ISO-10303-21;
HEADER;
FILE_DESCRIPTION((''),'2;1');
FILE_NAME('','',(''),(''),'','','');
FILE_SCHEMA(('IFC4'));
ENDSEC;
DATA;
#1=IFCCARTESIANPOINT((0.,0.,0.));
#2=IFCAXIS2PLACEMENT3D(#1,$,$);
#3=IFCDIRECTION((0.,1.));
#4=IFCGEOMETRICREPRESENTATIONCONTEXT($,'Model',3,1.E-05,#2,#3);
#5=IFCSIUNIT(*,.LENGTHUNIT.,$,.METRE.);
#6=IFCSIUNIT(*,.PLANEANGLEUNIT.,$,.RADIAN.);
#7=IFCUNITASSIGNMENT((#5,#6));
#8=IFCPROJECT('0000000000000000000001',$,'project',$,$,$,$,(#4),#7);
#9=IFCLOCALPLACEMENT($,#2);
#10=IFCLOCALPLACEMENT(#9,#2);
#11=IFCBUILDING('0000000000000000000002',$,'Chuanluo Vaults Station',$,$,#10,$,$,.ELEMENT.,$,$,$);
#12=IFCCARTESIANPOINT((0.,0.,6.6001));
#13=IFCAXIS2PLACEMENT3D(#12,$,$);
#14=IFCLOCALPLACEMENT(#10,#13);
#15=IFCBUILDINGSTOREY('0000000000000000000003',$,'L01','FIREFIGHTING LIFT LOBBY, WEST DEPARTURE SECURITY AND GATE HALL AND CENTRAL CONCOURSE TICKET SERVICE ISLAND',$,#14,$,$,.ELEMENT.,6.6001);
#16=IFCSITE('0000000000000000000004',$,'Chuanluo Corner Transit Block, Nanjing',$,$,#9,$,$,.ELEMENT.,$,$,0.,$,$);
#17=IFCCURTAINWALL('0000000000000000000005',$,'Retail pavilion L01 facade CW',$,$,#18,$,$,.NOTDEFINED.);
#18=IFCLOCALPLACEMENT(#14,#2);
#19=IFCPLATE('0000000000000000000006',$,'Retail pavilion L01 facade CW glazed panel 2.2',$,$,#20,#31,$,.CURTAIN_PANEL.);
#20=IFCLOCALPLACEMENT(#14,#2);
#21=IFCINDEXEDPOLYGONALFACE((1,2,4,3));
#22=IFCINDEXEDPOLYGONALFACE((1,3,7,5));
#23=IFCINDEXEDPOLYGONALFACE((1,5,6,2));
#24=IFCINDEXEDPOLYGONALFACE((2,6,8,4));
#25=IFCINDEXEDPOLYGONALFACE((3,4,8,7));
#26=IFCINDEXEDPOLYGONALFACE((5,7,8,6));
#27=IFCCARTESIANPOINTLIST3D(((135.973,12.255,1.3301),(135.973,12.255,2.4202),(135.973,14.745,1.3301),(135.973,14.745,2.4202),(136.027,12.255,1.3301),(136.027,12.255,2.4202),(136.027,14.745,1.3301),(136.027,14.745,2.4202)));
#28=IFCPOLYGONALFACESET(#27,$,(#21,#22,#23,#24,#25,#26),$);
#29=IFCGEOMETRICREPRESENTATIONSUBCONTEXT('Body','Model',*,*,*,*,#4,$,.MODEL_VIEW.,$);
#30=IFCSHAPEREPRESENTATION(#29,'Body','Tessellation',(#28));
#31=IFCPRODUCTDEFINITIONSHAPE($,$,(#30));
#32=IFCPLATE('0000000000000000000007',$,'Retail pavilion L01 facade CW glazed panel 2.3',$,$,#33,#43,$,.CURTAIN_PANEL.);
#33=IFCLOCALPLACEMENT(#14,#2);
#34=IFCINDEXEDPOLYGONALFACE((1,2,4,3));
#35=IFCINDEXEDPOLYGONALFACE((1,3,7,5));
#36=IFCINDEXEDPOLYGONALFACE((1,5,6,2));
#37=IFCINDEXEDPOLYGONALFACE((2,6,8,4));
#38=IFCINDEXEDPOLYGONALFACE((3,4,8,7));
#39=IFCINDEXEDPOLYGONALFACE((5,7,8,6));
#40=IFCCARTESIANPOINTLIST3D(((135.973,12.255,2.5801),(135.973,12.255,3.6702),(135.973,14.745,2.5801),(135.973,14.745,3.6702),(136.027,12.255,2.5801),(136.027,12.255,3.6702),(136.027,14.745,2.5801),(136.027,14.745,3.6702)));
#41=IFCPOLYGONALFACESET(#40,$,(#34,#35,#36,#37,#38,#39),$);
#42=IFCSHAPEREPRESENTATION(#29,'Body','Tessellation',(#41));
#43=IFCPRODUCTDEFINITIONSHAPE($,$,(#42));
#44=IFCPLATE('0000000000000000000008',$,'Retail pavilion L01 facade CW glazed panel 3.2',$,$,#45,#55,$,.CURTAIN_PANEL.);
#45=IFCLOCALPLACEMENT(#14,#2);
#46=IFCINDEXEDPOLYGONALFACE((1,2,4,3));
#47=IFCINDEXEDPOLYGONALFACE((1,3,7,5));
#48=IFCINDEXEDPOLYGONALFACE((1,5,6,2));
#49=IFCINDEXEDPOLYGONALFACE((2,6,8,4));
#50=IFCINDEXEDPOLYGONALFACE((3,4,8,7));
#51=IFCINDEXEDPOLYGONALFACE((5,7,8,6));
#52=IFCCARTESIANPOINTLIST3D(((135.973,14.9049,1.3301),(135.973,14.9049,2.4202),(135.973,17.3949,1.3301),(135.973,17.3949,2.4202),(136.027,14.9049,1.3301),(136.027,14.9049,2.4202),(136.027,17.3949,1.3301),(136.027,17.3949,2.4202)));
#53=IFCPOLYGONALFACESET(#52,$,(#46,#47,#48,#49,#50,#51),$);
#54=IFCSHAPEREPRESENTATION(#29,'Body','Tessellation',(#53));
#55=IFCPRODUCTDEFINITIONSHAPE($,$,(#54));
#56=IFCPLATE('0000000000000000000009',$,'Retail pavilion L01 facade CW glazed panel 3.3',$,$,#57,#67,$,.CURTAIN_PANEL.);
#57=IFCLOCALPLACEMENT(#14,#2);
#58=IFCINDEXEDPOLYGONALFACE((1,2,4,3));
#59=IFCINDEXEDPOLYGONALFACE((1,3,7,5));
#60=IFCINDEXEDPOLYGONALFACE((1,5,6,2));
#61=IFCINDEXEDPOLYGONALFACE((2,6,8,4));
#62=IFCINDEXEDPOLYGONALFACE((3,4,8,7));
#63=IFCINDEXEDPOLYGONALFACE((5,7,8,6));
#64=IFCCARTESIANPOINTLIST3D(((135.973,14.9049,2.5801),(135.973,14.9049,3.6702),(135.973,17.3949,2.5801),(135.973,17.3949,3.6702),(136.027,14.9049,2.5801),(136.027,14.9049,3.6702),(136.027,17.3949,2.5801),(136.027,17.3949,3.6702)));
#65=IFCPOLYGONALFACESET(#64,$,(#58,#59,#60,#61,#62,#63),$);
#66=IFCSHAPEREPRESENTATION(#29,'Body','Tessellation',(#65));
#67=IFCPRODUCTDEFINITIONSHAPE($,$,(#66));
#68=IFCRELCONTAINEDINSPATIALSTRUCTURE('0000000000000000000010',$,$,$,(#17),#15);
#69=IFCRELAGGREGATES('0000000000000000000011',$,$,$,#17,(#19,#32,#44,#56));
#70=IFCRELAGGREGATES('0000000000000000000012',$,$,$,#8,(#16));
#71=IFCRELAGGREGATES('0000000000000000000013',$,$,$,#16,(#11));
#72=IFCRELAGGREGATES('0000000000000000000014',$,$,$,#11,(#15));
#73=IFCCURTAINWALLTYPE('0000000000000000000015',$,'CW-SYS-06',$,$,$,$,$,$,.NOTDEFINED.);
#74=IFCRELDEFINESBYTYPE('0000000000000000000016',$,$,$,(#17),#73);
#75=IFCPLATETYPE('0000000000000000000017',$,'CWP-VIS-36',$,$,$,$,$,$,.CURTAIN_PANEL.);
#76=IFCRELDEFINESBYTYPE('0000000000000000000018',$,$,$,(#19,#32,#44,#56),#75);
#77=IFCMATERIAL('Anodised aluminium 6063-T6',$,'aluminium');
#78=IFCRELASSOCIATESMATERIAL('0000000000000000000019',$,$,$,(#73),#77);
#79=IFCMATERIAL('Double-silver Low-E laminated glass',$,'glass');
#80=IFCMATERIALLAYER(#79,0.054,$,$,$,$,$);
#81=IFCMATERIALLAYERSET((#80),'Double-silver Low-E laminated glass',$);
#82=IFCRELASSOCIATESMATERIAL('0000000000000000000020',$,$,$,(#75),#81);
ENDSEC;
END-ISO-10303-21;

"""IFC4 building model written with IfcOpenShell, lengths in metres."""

from ifc_helpers import new_model, si_unit, direction, frame, origin, origin_2d, place, context, subcontext, project, spatial, rectangle, extrude, material, layer, layer_set, type_object, element, aggregate, save


model = new_model("IFC4")

# Units and contexts
model_context = context("Model", 3, precision=1e-05, world=origin(), true_north=direction((0.0, 1.0)))
body_context = subcontext(model_context, "Body", "Model", "MODEL_VIEW")
ifc_project = project(units=[si_unit("LENGTHUNIT", "METRE"), si_unit("PLANEANGLEUNIT", "RADIAN")], contexts=[model_context])

# Site, building, storey
site_placement = place(None, origin())
site = spatial("IfcSite", under=ifc_project, at=site_placement, Name="Chuanluo Corner Transit Block, Nanjing", CompositionType="ELEMENT", RefElevation=0.0)
building_placement = place(site_placement, origin())
building = spatial("IfcBuilding", under=site, at=building_placement, Name="Chuanluo Vaults Station", CompositionType="ELEMENT")
storey_placement = place(building_placement, frame((0.0, 0.0, 6.6001)))
storey = spatial("IfcBuildingStorey", under=building, at=storey_placement, Name="L01", Description="FIREFIGHTING LIFT LOBBY, WEST DEPARTURE SECURITY AND GATE HALL AND CENTRAL CONCOURSE TICKET SERVICE ISLAND", CompositionType="ELEMENT", Elevation=6.6001)

# Curtain wall, plates
ifc_material_1 = material(Name="Anodised aluminium 6063-T6", Category="aluminium")
curtain_wall_type = type_object("IfcCurtainWallType", Name="CW-SYS-06", PredefinedType="NOTDEFINED", material=ifc_material_1)
curtain_wall_placement = place(storey_placement, origin())
curtain_wall = element("IfcCurtainWall", 1, at=curtain_wall_placement, inside=storey, type_object=curtain_wall_type, Name="Retail pavilion L01 facade CW", PredefinedType="NOTDEFINED")
ifc_material_2 = material(Name="Double-silver Low-E laminated glass", Category="glass")
ifc_layer_1 = layer(ifc_material_2, 0.054)
ifc_layer_set_1 = layer_set([ifc_layer_1], Name="Double-silver Low-E laminated glass")
plate_type_1 = type_object("IfcPlateType", Name="CWP-VIS-36", PredefinedType="CURTAIN_PANEL", material=ifc_layer_set_1)
plate_1_placement = place(storey_placement, frame((136.0, 13.5, 1.3301), z_axis=(0.0, 0.0, 1.0), x_axis=(0.0, 1.0, 0.0)))
plate_1 = element("IfcPlate", 2, at=plate_1_placement, type_object=plate_type_1, Name="Retail pavilion L01 facade CW glazed panel 2.2", PredefinedType="CURTAIN_PANEL", context=body_context, shape_type="SweptSolid", body=[
    extrude(rectangle(XDim=2.49, YDim=0.054, at=origin_2d()), origin(), (0.0, 0.0, 1.0), 1.0901),
])
plate_2_placement = place(storey_placement, frame((136.0, 13.5, 2.5801), z_axis=(0.0, 0.0, 1.0), x_axis=(0.0, 1.0, 0.0)))
plate_2 = element("IfcPlate", 3, at=plate_2_placement, type_object=plate_type_1, Name="Retail pavilion L01 facade CW glazed panel 2.3", PredefinedType="CURTAIN_PANEL", context=body_context, shape_type="SweptSolid", body=[
    extrude(rectangle(XDim=2.49, YDim=0.054, at=origin_2d()), origin(), (0.0, 0.0, 1.0), 1.0901),
])
plate_3_placement = place(storey_placement, frame((136.0, 16.1499, 1.3301), z_axis=(0.0, 0.0, 1.0), x_axis=(0.0, 1.0, 0.0)))
plate_3 = element("IfcPlate", 4, at=plate_3_placement, type_object=plate_type_1, Name="Retail pavilion L01 facade CW glazed panel 3.2", PredefinedType="CURTAIN_PANEL", context=body_context, shape_type="SweptSolid", body=[
    extrude(rectangle(XDim=2.49, YDim=0.054, at=origin_2d()), origin(), (0.0, 0.0, 1.0), 1.0901),
])
plate_4_placement = place(storey_placement, frame((136.0, 16.1499, 2.5801), z_axis=(0.0, 0.0, 1.0), x_axis=(0.0, 1.0, 0.0)))
plate_4 = element("IfcPlate", 5, at=plate_4_placement, type_object=plate_type_1, Name="Retail pavilion L01 facade CW glazed panel 3.3", PredefinedType="CURTAIN_PANEL", context=body_context, shape_type="SweptSolid", body=[
    extrude(rectangle(XDim=2.49, YDim=0.054, at=origin_2d()), origin(), (0.0, 0.0, 1.0), 1.0901),
])
aggregate(curtain_wall, [plate_1, plate_2, plate_3, plate_4])

save(model, "model.ifc")
